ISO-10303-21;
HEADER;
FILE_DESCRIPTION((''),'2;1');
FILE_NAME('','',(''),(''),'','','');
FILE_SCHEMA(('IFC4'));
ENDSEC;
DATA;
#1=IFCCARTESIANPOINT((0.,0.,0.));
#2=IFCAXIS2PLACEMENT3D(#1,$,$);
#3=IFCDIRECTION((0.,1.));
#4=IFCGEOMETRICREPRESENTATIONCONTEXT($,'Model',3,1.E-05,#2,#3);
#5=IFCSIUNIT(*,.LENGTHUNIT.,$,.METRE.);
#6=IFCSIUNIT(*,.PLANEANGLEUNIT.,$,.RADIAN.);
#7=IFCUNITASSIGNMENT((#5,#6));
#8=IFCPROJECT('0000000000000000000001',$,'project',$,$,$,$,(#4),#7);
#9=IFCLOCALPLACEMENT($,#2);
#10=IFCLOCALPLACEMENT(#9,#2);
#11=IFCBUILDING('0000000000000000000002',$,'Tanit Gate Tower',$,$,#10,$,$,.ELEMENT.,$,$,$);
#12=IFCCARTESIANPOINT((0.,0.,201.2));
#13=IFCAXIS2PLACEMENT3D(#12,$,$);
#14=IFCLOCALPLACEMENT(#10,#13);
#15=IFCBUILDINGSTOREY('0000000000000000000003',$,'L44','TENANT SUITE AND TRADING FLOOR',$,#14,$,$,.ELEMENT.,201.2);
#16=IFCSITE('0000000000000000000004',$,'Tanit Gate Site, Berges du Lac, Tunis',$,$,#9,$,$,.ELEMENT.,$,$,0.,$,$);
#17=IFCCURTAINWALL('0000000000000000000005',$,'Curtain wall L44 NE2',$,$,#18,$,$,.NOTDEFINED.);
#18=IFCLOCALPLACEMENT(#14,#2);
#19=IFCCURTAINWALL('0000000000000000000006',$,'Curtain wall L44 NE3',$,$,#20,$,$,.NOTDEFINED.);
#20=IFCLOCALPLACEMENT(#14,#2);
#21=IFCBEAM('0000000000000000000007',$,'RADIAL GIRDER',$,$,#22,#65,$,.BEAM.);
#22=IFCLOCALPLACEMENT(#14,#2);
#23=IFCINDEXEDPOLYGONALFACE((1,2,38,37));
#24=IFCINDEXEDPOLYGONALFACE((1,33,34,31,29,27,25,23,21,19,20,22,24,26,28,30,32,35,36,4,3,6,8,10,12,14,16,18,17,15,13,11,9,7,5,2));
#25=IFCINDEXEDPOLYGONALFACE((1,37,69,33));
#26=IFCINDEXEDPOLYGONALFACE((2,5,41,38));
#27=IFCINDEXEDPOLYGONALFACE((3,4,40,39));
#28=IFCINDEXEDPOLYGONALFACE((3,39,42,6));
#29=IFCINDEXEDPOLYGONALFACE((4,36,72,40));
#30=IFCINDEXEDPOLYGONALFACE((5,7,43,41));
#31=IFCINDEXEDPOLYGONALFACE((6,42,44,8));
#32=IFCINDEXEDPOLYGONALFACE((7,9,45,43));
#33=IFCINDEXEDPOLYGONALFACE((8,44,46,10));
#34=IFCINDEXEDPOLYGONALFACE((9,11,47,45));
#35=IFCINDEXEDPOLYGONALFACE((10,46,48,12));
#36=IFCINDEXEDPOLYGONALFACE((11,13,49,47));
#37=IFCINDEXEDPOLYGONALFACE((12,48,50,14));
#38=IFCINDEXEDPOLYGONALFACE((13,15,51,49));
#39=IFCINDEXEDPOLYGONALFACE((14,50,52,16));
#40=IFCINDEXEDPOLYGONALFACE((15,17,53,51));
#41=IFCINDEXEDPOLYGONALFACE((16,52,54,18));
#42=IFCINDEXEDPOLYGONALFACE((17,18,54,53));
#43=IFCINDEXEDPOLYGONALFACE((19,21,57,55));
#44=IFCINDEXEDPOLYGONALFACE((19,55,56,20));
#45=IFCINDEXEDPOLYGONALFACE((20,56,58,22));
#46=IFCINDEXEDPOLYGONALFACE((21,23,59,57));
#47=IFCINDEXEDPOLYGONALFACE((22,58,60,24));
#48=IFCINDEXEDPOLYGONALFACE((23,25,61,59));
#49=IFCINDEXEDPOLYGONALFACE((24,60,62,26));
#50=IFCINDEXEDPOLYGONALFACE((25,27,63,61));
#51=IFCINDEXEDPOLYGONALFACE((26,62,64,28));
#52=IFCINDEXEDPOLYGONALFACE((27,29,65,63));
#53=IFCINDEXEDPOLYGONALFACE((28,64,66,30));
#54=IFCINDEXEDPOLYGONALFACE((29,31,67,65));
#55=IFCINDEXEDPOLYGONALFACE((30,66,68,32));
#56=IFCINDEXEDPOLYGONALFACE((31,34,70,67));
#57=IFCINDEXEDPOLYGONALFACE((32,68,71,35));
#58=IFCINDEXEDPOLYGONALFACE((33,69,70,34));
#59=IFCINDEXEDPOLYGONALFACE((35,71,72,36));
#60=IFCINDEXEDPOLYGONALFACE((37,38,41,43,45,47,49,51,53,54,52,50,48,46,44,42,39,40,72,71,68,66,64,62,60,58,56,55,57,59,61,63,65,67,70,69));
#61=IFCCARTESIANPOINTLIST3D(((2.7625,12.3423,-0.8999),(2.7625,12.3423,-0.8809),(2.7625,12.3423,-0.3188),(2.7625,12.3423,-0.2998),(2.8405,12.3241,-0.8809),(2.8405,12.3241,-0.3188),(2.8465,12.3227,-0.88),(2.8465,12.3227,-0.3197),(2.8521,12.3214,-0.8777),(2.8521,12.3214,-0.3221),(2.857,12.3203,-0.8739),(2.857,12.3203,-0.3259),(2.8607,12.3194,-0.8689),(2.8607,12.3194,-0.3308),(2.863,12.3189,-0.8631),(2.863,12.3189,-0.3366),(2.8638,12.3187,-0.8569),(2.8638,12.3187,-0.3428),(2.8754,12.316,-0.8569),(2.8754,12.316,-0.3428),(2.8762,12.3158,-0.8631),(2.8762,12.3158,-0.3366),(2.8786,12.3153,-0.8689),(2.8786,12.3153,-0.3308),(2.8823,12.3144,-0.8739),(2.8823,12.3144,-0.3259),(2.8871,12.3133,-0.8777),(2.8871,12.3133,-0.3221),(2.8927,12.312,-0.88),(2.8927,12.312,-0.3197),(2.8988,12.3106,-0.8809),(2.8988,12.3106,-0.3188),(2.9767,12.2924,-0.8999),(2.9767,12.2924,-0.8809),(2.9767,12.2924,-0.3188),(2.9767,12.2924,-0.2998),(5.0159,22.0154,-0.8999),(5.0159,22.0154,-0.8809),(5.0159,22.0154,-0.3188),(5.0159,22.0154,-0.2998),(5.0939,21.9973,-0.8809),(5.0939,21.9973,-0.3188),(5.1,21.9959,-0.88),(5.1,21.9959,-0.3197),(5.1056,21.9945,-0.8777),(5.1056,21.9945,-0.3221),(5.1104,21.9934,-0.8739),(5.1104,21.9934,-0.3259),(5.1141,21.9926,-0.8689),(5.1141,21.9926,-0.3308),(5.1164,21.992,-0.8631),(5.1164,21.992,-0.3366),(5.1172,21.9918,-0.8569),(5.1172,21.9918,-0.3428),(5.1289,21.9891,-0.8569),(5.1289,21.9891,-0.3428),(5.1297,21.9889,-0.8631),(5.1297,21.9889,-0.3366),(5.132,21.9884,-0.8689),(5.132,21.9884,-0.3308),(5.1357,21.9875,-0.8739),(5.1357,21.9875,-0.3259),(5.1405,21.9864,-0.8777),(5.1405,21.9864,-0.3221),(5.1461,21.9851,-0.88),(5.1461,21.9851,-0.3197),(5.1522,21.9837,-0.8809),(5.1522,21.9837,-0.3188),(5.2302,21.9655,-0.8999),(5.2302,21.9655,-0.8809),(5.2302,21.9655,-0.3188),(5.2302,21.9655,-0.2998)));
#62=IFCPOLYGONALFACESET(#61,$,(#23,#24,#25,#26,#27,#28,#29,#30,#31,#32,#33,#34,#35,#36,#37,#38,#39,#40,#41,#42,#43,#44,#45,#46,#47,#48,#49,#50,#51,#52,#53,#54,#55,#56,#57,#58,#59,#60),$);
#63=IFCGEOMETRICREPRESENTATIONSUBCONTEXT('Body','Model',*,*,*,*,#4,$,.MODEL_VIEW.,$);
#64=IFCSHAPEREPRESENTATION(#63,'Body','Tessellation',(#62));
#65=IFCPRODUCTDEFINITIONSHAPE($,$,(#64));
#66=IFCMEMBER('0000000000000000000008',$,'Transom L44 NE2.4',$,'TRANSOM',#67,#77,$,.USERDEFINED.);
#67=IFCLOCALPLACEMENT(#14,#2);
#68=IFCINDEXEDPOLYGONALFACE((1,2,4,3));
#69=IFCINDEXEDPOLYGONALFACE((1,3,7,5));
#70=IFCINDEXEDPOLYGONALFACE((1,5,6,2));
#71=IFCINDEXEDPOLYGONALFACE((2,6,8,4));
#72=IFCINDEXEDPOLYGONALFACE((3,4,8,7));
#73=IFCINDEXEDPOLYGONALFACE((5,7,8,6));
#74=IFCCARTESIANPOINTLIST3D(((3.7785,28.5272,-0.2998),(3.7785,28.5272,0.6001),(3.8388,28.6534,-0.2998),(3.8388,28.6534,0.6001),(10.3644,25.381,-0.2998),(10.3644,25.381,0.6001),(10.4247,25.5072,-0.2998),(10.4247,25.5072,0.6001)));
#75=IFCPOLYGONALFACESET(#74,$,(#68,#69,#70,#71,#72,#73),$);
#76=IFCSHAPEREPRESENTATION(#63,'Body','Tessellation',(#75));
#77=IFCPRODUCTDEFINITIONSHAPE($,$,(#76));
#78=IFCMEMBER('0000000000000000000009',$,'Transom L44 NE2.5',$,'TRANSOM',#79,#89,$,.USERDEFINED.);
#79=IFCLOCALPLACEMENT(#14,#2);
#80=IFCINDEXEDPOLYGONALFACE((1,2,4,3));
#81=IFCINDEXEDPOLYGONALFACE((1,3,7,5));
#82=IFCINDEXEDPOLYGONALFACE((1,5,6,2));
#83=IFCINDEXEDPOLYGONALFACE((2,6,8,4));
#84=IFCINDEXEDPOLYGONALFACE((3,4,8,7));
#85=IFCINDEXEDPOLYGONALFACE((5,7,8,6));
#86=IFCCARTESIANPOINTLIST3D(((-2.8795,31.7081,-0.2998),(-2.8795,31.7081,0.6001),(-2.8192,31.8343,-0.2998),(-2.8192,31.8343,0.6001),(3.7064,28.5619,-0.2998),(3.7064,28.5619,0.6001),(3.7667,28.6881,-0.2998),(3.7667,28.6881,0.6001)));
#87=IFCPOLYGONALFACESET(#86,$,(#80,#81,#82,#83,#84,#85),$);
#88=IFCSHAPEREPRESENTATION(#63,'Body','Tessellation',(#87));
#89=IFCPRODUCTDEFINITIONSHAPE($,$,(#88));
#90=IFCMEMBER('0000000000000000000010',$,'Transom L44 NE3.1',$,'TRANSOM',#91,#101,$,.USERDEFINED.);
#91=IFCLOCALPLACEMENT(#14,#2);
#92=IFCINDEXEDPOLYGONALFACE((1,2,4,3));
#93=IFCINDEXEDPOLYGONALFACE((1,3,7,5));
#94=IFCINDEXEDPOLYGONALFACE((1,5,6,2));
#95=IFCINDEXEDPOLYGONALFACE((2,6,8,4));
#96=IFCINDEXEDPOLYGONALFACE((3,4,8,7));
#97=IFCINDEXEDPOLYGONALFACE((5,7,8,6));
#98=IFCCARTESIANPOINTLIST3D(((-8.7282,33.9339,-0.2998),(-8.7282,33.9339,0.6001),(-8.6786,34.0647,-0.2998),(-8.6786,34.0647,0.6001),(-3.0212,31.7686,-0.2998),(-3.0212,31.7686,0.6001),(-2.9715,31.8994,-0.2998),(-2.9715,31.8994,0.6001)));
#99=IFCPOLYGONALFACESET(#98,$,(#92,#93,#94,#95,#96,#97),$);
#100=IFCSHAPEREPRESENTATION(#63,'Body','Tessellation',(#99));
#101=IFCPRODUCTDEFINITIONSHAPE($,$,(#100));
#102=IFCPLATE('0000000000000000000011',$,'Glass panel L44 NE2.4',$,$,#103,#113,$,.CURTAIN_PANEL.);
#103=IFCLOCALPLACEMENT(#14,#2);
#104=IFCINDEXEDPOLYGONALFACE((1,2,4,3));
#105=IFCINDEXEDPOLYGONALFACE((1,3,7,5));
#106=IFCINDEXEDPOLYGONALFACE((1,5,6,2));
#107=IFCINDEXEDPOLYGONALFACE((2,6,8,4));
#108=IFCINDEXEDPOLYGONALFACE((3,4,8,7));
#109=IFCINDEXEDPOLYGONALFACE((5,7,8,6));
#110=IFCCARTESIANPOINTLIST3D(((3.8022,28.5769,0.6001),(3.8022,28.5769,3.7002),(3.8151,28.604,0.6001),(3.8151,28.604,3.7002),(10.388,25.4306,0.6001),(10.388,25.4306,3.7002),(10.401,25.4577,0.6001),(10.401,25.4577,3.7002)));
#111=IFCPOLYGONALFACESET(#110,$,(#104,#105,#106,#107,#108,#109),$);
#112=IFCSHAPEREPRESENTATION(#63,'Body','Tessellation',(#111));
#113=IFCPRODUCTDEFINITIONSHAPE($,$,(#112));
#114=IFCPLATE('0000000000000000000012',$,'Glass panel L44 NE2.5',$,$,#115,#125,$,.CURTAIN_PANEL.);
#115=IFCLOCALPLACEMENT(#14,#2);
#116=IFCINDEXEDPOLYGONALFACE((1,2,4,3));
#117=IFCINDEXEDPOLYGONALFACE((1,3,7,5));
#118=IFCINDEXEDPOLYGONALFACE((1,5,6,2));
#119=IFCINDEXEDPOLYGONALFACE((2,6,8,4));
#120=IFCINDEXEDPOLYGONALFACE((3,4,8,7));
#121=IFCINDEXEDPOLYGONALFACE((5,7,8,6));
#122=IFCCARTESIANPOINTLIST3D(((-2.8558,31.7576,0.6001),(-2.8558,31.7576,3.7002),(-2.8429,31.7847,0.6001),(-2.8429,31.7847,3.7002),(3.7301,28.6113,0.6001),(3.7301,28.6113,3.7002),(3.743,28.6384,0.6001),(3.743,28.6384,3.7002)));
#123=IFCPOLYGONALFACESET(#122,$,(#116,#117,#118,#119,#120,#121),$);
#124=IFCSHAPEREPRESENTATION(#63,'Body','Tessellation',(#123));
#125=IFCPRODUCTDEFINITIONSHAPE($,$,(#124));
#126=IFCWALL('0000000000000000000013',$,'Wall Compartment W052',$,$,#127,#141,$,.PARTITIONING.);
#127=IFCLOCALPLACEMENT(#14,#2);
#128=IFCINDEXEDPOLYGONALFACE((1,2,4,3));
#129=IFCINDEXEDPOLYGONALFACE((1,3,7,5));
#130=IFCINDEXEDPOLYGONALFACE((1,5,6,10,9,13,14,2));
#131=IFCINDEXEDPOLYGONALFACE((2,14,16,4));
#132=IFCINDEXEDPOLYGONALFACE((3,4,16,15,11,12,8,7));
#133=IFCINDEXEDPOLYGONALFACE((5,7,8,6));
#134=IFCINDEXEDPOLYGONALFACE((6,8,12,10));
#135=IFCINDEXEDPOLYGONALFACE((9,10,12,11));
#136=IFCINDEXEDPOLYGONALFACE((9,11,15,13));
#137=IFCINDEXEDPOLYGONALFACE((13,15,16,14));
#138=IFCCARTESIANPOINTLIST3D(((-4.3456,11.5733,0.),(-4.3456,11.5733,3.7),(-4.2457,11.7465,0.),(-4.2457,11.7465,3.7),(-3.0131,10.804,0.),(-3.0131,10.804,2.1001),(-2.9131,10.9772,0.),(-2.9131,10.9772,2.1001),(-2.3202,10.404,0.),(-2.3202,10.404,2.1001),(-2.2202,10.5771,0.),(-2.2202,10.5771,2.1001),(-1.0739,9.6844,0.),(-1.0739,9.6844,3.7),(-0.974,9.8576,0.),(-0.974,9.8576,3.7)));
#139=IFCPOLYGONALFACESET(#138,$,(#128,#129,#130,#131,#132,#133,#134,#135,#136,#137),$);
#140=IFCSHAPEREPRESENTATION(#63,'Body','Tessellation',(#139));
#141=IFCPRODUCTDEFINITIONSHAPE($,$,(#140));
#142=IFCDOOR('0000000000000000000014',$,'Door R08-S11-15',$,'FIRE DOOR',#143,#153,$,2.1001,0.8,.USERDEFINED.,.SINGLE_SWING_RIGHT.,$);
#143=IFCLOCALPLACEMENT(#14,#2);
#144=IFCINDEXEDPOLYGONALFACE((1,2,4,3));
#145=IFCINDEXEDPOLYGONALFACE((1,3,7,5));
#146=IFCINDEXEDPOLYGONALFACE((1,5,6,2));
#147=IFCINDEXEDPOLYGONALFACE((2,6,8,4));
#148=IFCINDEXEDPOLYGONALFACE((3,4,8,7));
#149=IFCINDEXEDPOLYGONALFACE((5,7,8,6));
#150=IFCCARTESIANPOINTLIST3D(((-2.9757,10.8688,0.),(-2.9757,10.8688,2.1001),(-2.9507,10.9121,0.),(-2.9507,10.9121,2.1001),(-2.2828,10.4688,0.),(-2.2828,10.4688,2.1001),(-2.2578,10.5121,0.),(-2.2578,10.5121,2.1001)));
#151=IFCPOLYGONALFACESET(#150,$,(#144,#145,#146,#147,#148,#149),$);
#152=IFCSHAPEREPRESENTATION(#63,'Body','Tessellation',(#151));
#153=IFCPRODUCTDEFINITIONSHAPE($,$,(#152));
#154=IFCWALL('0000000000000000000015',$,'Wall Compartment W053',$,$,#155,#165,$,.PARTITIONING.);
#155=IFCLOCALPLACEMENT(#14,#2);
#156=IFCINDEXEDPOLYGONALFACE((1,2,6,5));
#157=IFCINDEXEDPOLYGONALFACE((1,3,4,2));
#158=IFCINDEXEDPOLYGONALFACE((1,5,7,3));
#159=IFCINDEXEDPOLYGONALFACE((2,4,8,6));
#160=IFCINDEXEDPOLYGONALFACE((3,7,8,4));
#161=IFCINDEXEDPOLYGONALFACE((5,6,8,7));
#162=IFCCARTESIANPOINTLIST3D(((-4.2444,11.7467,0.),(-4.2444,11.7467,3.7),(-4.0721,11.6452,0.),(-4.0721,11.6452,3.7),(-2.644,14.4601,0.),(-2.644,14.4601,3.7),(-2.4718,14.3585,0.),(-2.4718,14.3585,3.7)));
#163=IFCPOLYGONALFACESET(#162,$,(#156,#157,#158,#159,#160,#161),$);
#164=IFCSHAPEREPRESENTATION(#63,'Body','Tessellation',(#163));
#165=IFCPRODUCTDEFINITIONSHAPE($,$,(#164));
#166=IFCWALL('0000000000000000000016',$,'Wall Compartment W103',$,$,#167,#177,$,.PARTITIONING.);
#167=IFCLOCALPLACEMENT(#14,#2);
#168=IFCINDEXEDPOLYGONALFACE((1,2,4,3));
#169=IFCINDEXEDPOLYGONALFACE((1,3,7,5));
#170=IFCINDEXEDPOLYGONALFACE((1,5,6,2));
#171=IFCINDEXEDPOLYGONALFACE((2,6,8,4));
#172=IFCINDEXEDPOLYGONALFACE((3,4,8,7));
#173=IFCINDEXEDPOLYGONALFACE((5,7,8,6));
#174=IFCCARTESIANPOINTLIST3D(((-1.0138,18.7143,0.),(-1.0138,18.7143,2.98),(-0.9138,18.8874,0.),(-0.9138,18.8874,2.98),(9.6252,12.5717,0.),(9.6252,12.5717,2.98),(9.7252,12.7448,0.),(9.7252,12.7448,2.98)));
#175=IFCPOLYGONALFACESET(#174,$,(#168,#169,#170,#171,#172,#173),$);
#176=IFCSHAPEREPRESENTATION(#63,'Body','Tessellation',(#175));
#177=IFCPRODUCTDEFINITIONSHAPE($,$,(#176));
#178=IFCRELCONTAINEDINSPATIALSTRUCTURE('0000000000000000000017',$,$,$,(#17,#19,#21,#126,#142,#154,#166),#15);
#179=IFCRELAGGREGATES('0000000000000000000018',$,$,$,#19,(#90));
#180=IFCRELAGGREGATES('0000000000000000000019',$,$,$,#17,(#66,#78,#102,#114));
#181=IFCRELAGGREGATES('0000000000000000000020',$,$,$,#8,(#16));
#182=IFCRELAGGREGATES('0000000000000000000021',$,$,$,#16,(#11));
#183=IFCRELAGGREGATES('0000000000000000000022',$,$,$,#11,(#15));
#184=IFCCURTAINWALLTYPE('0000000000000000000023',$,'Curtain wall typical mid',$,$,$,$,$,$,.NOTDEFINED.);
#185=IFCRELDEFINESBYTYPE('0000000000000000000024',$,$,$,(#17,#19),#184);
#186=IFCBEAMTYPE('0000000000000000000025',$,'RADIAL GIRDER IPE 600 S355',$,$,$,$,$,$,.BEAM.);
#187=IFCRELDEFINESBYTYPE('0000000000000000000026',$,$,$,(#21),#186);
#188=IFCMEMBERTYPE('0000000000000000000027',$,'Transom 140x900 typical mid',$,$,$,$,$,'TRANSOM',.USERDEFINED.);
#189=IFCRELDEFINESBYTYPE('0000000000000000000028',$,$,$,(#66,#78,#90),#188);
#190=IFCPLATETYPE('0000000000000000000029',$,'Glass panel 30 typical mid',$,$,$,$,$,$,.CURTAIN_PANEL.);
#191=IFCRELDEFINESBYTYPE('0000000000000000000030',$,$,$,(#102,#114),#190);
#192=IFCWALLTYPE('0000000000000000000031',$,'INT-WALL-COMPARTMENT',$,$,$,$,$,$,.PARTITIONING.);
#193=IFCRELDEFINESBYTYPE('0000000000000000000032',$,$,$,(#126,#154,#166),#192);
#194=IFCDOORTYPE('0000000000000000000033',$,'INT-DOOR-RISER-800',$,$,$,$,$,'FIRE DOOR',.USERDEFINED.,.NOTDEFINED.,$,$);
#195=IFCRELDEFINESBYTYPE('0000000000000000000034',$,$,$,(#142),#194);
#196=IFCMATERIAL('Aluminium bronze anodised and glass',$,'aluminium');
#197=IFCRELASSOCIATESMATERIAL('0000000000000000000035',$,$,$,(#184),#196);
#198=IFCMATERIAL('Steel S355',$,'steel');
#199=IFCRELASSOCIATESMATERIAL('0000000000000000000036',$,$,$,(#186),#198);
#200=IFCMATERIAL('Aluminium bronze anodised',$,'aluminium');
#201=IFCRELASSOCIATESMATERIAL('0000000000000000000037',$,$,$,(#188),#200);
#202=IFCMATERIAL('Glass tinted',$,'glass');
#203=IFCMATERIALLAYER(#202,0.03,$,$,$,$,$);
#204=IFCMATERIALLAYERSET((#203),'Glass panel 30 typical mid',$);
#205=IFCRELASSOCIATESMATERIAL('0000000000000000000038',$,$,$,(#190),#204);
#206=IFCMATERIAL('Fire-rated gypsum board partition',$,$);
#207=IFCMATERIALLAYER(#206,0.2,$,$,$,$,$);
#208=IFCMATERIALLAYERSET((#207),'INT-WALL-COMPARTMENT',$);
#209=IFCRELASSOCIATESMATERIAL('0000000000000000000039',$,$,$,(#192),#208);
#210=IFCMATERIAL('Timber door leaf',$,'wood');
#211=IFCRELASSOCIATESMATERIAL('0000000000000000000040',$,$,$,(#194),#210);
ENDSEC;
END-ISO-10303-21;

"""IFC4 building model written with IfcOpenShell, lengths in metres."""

from ifc_helpers import new_model, si_unit, direction, frame, frame_2d, origin, origin_2d, place, context, subcontext, project, spatial, rectangle, i_section, extrude, material, layer, layer_set, material_profile, profile_set, type_object, element, fill, aggregate, save


model = new_model("IFC4")

# Units and contexts
model_context = context("Model", 3, precision=1e-05, world=origin(), true_north=direction((0.0, 1.0)))
body_context = subcontext(model_context, "Body", "Model", "MODEL_VIEW")
ifc_project = project(units=[si_unit("LENGTHUNIT", "METRE"), si_unit("PLANEANGLEUNIT", "RADIAN")], contexts=[model_context])

# Site, building, storey
site_placement = place(None, origin())
site = spatial("IfcSite", under=ifc_project, at=site_placement, Name="Tanit Gate Site, Berges du Lac, Tunis", CompositionType="ELEMENT", RefElevation=0.0)
building_placement = place(site_placement, origin())
building = spatial("IfcBuilding", under=site, at=building_placement, Name="Tanit Gate Tower", CompositionType="ELEMENT")
storey_placement = place(building_placement, frame((0.0, 0.0, 201.2)))
storey = spatial("IfcBuildingStorey", under=building, at=storey_placement, Name="L44", Description="TENANT SUITE AND TRADING FLOOR", CompositionType="ELEMENT", Elevation=201.2)

# Curtain wall
ifc_material_1 = material(Name="Aluminium bronze anodised and glass", Category="aluminium")
curtain_wall_type = type_object("IfcCurtainWallType", Name="Curtain wall typical mid", PredefinedType="NOTDEFINED", material=ifc_material_1)
curtain_wall_1_placement = place(storey_placement, origin())
curtain_wall_1 = element("IfcCurtainWall", 1, at=curtain_wall_1_placement, inside=storey, type_object=curtain_wall_type, Name="Curtain wall L44 NE2", PredefinedType="NOTDEFINED")

# Curtain wall
curtain_wall_2_placement = place(storey_placement, origin())
curtain_wall_2 = element("IfcCurtainWall", 2, at=curtain_wall_2_placement, inside=storey, type_object=curtain_wall_type, Name="Curtain wall L44 NE3", PredefinedType="NOTDEFINED")

# Beam
ifc_material_2 = material(Name="Steel S355", Category="steel")
ifc_material_profile_1 = material_profile(ifc_material_2, i_section(OverallWidth=0.22, OverallDepth=0.6001, WebThickness=0.012, FlangeThickness=0.019, FilletRadius=0.0239, at=origin_2d()), Name="IPE 600")
ifc_profile_set_1 = profile_set([ifc_material_profile_1], Name="Steel S355")
beam_type_1 = type_object("IfcBeamType", Name="RADIAL GIRDER IPE 600 S355", PredefinedType="BEAM", material=ifc_profile_set_1)
beam_1_placement = place(storey_placement, frame((5.123, 21.9905, -0.5999), z_axis=(-0.226882, -0.973922, 0.0), x_axis=(0.973922, -0.226882, 0.0)))
element("IfcBeam", 3, at=beam_1_placement, inside=storey, type_object=beam_type_1, Name="RADIAL GIRDER", PredefinedType="BEAM", context=body_context, shape_type="SweptSolid", body=[
    extrude(i_section(OverallWidth=0.22, OverallDepth=0.6001, WebThickness=0.012, FlangeThickness=0.019, FilletRadius=0.0239, at=origin_2d()), origin(), (0.0, 0.0, 1.0), 9.9321),
])

# Members
ifc_material_3 = material(Name="Aluminium bronze anodised", Category="aluminium")
ifc_material_profile_2 = material_profile(ifc_material_3, rectangle(XDim=0.1399, YDim=0.8999, at=origin_2d()), Name="140x900 bronze transom")
ifc_profile_set_2 = profile_set([ifc_material_profile_2], Name="Aluminium bronze anodised")
member_type_1 = type_object("IfcMemberType", Name="Transom 140x900 typical mid", ElementType="TRANSOM", PredefinedType="USERDEFINED", material=ifc_profile_set_2)
member_1_placement = place(storey_placement, frame((10.3945, 25.4441, 0.1501), z_axis=(-0.902324, 0.431059, 0.0), x_axis=(-0.431059, -0.902324, 0.0)))
member_1 = element("IfcMember", 4, at=member_1_placement, type_object=member_type_1, Name="Transom L44 NE2.4", ObjectType="TRANSOM", PredefinedType="USERDEFINED", context=body_context, shape_type="SweptSolid", body=[
    extrude(rectangle(XDim=0.1399, YDim=0.8999, at=origin_2d()), origin(), (0.0, 0.0, 1.0), 7.2988),
])
member_2_placement = place(storey_placement, frame((3.7366, 28.625, 0.1501), z_axis=(-0.902324, 0.431059, 0.0), x_axis=(-0.431059, -0.902324, 0.0)))
member_2 = element("IfcMember", 5, at=member_2_placement, type_object=member_type_1, Name="Transom L44 NE2.5", ObjectType="TRANSOM", PredefinedType="USERDEFINED", context=body_context, shape_type="SweptSolid", body=[
    extrude(rectangle(XDim=0.1399, YDim=0.8999, at=origin_2d()), origin(), (0.0, 0.0, 1.0), 7.2988),
])
member_3_placement = place(storey_placement, frame((-2.9963, 31.834, 0.1501), z_axis=(-0.934968, 0.354733, 0.0), x_axis=(-0.354733, -0.934968, 0.0)))
member_3 = element("IfcMember", 6, at=member_3_placement, type_object=member_type_1, Name="Transom L44 NE3.1", ObjectType="TRANSOM", PredefinedType="USERDEFINED", context=body_context, shape_type="SweptSolid", body=[
    extrude(rectangle(XDim=0.1399, YDim=0.8999, at=origin_2d()), origin(), (0.0, 0.0, 1.0), 6.104),
])
aggregate(curtain_wall_2, [member_3])

# Plates
ifc_material_4 = material(Name="Glass tinted", Category="glass")
ifc_layer_1 = layer(ifc_material_4, 0.03)
ifc_layer_set_1 = layer_set([ifc_layer_1], Name="Glass panel 30 typical mid")
plate_type = type_object("IfcPlateType", Name="Glass panel 30 typical mid", PredefinedType="CURTAIN_PANEL", material=ifc_layer_set_1)
plate_1_placement = place(storey_placement, frame((7.1016, 27.0173, 0.6001), z_axis=(0.0, 0.0, 1.0), x_axis=(-0.902317, 0.431073, 0.0)))
plate_1 = element("IfcPlate", 7, at=plate_1_placement, type_object=plate_type, Name="Glass panel L44 NE2.4", PredefinedType="CURTAIN_PANEL", context=body_context, shape_type="SweptSolid", body=[
    extrude(rectangle(XDim=7.2988, YDim=0.03, at=origin_2d()), origin(), (0.0, 0.0, 1.0), 3.1001),
])
plate_2_placement = place(storey_placement, frame((0.4436, 30.198, 0.6001), z_axis=(0.0, 0.0, 1.0), x_axis=(-0.902317, 0.431073, 0.0)))
plate_2 = element("IfcPlate", 8, at=plate_2_placement, type_object=plate_type, Name="Glass panel L44 NE2.5", PredefinedType="CURTAIN_PANEL", context=body_context, shape_type="SweptSolid", body=[
    extrude(rectangle(XDim=7.2988, YDim=0.03, at=origin_2d()), origin(), (0.0, 0.0, 1.0), 3.1001),
])
aggregate(curtain_wall_1, [member_1, member_2, plate_1, plate_2])

# Wall, opening, door
ifc_material_5 = material(Name="Fire-rated gypsum board partition")
ifc_layer_2 = layer(ifc_material_5, 0.2)
ifc_layer_set_2 = layer_set([ifc_layer_2], Name="INT-WALL-COMPARTMENT")
wall_type = type_object("IfcWallType", Name="INT-WALL-COMPARTMENT", PredefinedType="PARTITIONING", material=ifc_layer_set_2)
wall_1_placement = place(storey_placement, frame((-4.2957, 11.6599, 0.0), z_axis=(0.0, 0.0, 1.0), x_axis=(0.866027, -0.499997, 0.0)))
wall_1 = element("IfcWall", 9, at=wall_1_placement, inside=storey, type_object=wall_type, Name="Wall Compartment W052", PredefinedType="PARTITIONING", context=body_context, shape_type="SweptSolid", body=[
    extrude(rectangle(XDim=3.7778, YDim=0.2, at=frame_2d((1.8889, 0.0))), origin(), (0.0, 0.0, 1.0), 3.7),
])
opening_1_placement = place(wall_1_placement, frame((1.5388, 0.0, 0.0)))
opening_1 = element("IfcOpeningElement", 10, at=opening_1_placement, cuts=wall_1, PredefinedType="OPENING", context=body_context, shape_type="SweptSolid", body=[
    extrude(rectangle(XDim=0.8, YDim=2.1001, at=frame_2d((0.3999, 1.05))), frame((0.0, 0.1099, 0.0), z_axis=(0.0, -1.0, 0.0), x_axis=(1.0, 0.0, 0.0)), (0.0, 0.0, 1.0), 0.22),
])
ifc_material_6 = material(Name="Timber door leaf", Category="wood")
door_type_1 = type_object("IfcDoorType", Name="INT-DOOR-RISER-800", ElementType="FIRE DOOR", OperationType="NOTDEFINED", PredefinedType="USERDEFINED", material=ifc_material_6)
door_1_placement = place(opening_1_placement, origin())
door_1 = element("IfcDoor", 11, at=door_1_placement, inside=storey, type_object=door_type_1, Name="Door R08-S11-15", ObjectType="FIRE DOOR", OperationType="SINGLE_SWING_RIGHT", OverallHeight=2.1001, OverallWidth=0.8, PredefinedType="USERDEFINED", context=body_context, shape_type="SweptSolid", body=[
    extrude(rectangle(XDim=0.8, YDim=2.1001, at=frame_2d((0.3999, 1.05))), frame((0.0, 0.0249, 0.0), z_axis=(0.0, -1.0, 0.0), x_axis=(1.0, 0.0, 0.0)), (0.0, 0.0, 1.0), 0.05),
])
fill(opening_1, door_1)

# Walls
wall_2_placement = place(storey_placement, frame((-2.5579, 14.4094, 0.0), z_axis=(0.0, 0.0, 1.0), x_axis=(-0.508019, -0.861346, 0.0)))
element("IfcWall", 12, at=wall_2_placement, inside=storey, type_object=wall_type, Name="Wall Compartment W053", PredefinedType="PARTITIONING", context=body_context, shape_type="SweptSolid", body=[
    extrude(rectangle(XDim=3.1501, YDim=0.2, at=frame_2d((1.5752, 0.0))), origin(), (0.0, 0.0, 1.0), 3.7),
])
wall_3_placement = place(storey_placement, frame((9.6753, 12.6582, 0.0), z_axis=(0.0, 0.0, 1.0), x_axis=(-0.866018, 0.500012, 0.0)))
element("IfcWall", 13, at=wall_3_placement, inside=storey, type_object=wall_type, Name="Wall Compartment W103", PredefinedType="PARTITIONING", context=body_context, shape_type="SweptSolid", body=[
    extrude(rectangle(XDim=12.2849, YDim=0.2, at=frame_2d((6.1426, 0.0))), origin(), (0.0, 0.0, 1.0), 2.98),
])

save(model, "model.ifc")
